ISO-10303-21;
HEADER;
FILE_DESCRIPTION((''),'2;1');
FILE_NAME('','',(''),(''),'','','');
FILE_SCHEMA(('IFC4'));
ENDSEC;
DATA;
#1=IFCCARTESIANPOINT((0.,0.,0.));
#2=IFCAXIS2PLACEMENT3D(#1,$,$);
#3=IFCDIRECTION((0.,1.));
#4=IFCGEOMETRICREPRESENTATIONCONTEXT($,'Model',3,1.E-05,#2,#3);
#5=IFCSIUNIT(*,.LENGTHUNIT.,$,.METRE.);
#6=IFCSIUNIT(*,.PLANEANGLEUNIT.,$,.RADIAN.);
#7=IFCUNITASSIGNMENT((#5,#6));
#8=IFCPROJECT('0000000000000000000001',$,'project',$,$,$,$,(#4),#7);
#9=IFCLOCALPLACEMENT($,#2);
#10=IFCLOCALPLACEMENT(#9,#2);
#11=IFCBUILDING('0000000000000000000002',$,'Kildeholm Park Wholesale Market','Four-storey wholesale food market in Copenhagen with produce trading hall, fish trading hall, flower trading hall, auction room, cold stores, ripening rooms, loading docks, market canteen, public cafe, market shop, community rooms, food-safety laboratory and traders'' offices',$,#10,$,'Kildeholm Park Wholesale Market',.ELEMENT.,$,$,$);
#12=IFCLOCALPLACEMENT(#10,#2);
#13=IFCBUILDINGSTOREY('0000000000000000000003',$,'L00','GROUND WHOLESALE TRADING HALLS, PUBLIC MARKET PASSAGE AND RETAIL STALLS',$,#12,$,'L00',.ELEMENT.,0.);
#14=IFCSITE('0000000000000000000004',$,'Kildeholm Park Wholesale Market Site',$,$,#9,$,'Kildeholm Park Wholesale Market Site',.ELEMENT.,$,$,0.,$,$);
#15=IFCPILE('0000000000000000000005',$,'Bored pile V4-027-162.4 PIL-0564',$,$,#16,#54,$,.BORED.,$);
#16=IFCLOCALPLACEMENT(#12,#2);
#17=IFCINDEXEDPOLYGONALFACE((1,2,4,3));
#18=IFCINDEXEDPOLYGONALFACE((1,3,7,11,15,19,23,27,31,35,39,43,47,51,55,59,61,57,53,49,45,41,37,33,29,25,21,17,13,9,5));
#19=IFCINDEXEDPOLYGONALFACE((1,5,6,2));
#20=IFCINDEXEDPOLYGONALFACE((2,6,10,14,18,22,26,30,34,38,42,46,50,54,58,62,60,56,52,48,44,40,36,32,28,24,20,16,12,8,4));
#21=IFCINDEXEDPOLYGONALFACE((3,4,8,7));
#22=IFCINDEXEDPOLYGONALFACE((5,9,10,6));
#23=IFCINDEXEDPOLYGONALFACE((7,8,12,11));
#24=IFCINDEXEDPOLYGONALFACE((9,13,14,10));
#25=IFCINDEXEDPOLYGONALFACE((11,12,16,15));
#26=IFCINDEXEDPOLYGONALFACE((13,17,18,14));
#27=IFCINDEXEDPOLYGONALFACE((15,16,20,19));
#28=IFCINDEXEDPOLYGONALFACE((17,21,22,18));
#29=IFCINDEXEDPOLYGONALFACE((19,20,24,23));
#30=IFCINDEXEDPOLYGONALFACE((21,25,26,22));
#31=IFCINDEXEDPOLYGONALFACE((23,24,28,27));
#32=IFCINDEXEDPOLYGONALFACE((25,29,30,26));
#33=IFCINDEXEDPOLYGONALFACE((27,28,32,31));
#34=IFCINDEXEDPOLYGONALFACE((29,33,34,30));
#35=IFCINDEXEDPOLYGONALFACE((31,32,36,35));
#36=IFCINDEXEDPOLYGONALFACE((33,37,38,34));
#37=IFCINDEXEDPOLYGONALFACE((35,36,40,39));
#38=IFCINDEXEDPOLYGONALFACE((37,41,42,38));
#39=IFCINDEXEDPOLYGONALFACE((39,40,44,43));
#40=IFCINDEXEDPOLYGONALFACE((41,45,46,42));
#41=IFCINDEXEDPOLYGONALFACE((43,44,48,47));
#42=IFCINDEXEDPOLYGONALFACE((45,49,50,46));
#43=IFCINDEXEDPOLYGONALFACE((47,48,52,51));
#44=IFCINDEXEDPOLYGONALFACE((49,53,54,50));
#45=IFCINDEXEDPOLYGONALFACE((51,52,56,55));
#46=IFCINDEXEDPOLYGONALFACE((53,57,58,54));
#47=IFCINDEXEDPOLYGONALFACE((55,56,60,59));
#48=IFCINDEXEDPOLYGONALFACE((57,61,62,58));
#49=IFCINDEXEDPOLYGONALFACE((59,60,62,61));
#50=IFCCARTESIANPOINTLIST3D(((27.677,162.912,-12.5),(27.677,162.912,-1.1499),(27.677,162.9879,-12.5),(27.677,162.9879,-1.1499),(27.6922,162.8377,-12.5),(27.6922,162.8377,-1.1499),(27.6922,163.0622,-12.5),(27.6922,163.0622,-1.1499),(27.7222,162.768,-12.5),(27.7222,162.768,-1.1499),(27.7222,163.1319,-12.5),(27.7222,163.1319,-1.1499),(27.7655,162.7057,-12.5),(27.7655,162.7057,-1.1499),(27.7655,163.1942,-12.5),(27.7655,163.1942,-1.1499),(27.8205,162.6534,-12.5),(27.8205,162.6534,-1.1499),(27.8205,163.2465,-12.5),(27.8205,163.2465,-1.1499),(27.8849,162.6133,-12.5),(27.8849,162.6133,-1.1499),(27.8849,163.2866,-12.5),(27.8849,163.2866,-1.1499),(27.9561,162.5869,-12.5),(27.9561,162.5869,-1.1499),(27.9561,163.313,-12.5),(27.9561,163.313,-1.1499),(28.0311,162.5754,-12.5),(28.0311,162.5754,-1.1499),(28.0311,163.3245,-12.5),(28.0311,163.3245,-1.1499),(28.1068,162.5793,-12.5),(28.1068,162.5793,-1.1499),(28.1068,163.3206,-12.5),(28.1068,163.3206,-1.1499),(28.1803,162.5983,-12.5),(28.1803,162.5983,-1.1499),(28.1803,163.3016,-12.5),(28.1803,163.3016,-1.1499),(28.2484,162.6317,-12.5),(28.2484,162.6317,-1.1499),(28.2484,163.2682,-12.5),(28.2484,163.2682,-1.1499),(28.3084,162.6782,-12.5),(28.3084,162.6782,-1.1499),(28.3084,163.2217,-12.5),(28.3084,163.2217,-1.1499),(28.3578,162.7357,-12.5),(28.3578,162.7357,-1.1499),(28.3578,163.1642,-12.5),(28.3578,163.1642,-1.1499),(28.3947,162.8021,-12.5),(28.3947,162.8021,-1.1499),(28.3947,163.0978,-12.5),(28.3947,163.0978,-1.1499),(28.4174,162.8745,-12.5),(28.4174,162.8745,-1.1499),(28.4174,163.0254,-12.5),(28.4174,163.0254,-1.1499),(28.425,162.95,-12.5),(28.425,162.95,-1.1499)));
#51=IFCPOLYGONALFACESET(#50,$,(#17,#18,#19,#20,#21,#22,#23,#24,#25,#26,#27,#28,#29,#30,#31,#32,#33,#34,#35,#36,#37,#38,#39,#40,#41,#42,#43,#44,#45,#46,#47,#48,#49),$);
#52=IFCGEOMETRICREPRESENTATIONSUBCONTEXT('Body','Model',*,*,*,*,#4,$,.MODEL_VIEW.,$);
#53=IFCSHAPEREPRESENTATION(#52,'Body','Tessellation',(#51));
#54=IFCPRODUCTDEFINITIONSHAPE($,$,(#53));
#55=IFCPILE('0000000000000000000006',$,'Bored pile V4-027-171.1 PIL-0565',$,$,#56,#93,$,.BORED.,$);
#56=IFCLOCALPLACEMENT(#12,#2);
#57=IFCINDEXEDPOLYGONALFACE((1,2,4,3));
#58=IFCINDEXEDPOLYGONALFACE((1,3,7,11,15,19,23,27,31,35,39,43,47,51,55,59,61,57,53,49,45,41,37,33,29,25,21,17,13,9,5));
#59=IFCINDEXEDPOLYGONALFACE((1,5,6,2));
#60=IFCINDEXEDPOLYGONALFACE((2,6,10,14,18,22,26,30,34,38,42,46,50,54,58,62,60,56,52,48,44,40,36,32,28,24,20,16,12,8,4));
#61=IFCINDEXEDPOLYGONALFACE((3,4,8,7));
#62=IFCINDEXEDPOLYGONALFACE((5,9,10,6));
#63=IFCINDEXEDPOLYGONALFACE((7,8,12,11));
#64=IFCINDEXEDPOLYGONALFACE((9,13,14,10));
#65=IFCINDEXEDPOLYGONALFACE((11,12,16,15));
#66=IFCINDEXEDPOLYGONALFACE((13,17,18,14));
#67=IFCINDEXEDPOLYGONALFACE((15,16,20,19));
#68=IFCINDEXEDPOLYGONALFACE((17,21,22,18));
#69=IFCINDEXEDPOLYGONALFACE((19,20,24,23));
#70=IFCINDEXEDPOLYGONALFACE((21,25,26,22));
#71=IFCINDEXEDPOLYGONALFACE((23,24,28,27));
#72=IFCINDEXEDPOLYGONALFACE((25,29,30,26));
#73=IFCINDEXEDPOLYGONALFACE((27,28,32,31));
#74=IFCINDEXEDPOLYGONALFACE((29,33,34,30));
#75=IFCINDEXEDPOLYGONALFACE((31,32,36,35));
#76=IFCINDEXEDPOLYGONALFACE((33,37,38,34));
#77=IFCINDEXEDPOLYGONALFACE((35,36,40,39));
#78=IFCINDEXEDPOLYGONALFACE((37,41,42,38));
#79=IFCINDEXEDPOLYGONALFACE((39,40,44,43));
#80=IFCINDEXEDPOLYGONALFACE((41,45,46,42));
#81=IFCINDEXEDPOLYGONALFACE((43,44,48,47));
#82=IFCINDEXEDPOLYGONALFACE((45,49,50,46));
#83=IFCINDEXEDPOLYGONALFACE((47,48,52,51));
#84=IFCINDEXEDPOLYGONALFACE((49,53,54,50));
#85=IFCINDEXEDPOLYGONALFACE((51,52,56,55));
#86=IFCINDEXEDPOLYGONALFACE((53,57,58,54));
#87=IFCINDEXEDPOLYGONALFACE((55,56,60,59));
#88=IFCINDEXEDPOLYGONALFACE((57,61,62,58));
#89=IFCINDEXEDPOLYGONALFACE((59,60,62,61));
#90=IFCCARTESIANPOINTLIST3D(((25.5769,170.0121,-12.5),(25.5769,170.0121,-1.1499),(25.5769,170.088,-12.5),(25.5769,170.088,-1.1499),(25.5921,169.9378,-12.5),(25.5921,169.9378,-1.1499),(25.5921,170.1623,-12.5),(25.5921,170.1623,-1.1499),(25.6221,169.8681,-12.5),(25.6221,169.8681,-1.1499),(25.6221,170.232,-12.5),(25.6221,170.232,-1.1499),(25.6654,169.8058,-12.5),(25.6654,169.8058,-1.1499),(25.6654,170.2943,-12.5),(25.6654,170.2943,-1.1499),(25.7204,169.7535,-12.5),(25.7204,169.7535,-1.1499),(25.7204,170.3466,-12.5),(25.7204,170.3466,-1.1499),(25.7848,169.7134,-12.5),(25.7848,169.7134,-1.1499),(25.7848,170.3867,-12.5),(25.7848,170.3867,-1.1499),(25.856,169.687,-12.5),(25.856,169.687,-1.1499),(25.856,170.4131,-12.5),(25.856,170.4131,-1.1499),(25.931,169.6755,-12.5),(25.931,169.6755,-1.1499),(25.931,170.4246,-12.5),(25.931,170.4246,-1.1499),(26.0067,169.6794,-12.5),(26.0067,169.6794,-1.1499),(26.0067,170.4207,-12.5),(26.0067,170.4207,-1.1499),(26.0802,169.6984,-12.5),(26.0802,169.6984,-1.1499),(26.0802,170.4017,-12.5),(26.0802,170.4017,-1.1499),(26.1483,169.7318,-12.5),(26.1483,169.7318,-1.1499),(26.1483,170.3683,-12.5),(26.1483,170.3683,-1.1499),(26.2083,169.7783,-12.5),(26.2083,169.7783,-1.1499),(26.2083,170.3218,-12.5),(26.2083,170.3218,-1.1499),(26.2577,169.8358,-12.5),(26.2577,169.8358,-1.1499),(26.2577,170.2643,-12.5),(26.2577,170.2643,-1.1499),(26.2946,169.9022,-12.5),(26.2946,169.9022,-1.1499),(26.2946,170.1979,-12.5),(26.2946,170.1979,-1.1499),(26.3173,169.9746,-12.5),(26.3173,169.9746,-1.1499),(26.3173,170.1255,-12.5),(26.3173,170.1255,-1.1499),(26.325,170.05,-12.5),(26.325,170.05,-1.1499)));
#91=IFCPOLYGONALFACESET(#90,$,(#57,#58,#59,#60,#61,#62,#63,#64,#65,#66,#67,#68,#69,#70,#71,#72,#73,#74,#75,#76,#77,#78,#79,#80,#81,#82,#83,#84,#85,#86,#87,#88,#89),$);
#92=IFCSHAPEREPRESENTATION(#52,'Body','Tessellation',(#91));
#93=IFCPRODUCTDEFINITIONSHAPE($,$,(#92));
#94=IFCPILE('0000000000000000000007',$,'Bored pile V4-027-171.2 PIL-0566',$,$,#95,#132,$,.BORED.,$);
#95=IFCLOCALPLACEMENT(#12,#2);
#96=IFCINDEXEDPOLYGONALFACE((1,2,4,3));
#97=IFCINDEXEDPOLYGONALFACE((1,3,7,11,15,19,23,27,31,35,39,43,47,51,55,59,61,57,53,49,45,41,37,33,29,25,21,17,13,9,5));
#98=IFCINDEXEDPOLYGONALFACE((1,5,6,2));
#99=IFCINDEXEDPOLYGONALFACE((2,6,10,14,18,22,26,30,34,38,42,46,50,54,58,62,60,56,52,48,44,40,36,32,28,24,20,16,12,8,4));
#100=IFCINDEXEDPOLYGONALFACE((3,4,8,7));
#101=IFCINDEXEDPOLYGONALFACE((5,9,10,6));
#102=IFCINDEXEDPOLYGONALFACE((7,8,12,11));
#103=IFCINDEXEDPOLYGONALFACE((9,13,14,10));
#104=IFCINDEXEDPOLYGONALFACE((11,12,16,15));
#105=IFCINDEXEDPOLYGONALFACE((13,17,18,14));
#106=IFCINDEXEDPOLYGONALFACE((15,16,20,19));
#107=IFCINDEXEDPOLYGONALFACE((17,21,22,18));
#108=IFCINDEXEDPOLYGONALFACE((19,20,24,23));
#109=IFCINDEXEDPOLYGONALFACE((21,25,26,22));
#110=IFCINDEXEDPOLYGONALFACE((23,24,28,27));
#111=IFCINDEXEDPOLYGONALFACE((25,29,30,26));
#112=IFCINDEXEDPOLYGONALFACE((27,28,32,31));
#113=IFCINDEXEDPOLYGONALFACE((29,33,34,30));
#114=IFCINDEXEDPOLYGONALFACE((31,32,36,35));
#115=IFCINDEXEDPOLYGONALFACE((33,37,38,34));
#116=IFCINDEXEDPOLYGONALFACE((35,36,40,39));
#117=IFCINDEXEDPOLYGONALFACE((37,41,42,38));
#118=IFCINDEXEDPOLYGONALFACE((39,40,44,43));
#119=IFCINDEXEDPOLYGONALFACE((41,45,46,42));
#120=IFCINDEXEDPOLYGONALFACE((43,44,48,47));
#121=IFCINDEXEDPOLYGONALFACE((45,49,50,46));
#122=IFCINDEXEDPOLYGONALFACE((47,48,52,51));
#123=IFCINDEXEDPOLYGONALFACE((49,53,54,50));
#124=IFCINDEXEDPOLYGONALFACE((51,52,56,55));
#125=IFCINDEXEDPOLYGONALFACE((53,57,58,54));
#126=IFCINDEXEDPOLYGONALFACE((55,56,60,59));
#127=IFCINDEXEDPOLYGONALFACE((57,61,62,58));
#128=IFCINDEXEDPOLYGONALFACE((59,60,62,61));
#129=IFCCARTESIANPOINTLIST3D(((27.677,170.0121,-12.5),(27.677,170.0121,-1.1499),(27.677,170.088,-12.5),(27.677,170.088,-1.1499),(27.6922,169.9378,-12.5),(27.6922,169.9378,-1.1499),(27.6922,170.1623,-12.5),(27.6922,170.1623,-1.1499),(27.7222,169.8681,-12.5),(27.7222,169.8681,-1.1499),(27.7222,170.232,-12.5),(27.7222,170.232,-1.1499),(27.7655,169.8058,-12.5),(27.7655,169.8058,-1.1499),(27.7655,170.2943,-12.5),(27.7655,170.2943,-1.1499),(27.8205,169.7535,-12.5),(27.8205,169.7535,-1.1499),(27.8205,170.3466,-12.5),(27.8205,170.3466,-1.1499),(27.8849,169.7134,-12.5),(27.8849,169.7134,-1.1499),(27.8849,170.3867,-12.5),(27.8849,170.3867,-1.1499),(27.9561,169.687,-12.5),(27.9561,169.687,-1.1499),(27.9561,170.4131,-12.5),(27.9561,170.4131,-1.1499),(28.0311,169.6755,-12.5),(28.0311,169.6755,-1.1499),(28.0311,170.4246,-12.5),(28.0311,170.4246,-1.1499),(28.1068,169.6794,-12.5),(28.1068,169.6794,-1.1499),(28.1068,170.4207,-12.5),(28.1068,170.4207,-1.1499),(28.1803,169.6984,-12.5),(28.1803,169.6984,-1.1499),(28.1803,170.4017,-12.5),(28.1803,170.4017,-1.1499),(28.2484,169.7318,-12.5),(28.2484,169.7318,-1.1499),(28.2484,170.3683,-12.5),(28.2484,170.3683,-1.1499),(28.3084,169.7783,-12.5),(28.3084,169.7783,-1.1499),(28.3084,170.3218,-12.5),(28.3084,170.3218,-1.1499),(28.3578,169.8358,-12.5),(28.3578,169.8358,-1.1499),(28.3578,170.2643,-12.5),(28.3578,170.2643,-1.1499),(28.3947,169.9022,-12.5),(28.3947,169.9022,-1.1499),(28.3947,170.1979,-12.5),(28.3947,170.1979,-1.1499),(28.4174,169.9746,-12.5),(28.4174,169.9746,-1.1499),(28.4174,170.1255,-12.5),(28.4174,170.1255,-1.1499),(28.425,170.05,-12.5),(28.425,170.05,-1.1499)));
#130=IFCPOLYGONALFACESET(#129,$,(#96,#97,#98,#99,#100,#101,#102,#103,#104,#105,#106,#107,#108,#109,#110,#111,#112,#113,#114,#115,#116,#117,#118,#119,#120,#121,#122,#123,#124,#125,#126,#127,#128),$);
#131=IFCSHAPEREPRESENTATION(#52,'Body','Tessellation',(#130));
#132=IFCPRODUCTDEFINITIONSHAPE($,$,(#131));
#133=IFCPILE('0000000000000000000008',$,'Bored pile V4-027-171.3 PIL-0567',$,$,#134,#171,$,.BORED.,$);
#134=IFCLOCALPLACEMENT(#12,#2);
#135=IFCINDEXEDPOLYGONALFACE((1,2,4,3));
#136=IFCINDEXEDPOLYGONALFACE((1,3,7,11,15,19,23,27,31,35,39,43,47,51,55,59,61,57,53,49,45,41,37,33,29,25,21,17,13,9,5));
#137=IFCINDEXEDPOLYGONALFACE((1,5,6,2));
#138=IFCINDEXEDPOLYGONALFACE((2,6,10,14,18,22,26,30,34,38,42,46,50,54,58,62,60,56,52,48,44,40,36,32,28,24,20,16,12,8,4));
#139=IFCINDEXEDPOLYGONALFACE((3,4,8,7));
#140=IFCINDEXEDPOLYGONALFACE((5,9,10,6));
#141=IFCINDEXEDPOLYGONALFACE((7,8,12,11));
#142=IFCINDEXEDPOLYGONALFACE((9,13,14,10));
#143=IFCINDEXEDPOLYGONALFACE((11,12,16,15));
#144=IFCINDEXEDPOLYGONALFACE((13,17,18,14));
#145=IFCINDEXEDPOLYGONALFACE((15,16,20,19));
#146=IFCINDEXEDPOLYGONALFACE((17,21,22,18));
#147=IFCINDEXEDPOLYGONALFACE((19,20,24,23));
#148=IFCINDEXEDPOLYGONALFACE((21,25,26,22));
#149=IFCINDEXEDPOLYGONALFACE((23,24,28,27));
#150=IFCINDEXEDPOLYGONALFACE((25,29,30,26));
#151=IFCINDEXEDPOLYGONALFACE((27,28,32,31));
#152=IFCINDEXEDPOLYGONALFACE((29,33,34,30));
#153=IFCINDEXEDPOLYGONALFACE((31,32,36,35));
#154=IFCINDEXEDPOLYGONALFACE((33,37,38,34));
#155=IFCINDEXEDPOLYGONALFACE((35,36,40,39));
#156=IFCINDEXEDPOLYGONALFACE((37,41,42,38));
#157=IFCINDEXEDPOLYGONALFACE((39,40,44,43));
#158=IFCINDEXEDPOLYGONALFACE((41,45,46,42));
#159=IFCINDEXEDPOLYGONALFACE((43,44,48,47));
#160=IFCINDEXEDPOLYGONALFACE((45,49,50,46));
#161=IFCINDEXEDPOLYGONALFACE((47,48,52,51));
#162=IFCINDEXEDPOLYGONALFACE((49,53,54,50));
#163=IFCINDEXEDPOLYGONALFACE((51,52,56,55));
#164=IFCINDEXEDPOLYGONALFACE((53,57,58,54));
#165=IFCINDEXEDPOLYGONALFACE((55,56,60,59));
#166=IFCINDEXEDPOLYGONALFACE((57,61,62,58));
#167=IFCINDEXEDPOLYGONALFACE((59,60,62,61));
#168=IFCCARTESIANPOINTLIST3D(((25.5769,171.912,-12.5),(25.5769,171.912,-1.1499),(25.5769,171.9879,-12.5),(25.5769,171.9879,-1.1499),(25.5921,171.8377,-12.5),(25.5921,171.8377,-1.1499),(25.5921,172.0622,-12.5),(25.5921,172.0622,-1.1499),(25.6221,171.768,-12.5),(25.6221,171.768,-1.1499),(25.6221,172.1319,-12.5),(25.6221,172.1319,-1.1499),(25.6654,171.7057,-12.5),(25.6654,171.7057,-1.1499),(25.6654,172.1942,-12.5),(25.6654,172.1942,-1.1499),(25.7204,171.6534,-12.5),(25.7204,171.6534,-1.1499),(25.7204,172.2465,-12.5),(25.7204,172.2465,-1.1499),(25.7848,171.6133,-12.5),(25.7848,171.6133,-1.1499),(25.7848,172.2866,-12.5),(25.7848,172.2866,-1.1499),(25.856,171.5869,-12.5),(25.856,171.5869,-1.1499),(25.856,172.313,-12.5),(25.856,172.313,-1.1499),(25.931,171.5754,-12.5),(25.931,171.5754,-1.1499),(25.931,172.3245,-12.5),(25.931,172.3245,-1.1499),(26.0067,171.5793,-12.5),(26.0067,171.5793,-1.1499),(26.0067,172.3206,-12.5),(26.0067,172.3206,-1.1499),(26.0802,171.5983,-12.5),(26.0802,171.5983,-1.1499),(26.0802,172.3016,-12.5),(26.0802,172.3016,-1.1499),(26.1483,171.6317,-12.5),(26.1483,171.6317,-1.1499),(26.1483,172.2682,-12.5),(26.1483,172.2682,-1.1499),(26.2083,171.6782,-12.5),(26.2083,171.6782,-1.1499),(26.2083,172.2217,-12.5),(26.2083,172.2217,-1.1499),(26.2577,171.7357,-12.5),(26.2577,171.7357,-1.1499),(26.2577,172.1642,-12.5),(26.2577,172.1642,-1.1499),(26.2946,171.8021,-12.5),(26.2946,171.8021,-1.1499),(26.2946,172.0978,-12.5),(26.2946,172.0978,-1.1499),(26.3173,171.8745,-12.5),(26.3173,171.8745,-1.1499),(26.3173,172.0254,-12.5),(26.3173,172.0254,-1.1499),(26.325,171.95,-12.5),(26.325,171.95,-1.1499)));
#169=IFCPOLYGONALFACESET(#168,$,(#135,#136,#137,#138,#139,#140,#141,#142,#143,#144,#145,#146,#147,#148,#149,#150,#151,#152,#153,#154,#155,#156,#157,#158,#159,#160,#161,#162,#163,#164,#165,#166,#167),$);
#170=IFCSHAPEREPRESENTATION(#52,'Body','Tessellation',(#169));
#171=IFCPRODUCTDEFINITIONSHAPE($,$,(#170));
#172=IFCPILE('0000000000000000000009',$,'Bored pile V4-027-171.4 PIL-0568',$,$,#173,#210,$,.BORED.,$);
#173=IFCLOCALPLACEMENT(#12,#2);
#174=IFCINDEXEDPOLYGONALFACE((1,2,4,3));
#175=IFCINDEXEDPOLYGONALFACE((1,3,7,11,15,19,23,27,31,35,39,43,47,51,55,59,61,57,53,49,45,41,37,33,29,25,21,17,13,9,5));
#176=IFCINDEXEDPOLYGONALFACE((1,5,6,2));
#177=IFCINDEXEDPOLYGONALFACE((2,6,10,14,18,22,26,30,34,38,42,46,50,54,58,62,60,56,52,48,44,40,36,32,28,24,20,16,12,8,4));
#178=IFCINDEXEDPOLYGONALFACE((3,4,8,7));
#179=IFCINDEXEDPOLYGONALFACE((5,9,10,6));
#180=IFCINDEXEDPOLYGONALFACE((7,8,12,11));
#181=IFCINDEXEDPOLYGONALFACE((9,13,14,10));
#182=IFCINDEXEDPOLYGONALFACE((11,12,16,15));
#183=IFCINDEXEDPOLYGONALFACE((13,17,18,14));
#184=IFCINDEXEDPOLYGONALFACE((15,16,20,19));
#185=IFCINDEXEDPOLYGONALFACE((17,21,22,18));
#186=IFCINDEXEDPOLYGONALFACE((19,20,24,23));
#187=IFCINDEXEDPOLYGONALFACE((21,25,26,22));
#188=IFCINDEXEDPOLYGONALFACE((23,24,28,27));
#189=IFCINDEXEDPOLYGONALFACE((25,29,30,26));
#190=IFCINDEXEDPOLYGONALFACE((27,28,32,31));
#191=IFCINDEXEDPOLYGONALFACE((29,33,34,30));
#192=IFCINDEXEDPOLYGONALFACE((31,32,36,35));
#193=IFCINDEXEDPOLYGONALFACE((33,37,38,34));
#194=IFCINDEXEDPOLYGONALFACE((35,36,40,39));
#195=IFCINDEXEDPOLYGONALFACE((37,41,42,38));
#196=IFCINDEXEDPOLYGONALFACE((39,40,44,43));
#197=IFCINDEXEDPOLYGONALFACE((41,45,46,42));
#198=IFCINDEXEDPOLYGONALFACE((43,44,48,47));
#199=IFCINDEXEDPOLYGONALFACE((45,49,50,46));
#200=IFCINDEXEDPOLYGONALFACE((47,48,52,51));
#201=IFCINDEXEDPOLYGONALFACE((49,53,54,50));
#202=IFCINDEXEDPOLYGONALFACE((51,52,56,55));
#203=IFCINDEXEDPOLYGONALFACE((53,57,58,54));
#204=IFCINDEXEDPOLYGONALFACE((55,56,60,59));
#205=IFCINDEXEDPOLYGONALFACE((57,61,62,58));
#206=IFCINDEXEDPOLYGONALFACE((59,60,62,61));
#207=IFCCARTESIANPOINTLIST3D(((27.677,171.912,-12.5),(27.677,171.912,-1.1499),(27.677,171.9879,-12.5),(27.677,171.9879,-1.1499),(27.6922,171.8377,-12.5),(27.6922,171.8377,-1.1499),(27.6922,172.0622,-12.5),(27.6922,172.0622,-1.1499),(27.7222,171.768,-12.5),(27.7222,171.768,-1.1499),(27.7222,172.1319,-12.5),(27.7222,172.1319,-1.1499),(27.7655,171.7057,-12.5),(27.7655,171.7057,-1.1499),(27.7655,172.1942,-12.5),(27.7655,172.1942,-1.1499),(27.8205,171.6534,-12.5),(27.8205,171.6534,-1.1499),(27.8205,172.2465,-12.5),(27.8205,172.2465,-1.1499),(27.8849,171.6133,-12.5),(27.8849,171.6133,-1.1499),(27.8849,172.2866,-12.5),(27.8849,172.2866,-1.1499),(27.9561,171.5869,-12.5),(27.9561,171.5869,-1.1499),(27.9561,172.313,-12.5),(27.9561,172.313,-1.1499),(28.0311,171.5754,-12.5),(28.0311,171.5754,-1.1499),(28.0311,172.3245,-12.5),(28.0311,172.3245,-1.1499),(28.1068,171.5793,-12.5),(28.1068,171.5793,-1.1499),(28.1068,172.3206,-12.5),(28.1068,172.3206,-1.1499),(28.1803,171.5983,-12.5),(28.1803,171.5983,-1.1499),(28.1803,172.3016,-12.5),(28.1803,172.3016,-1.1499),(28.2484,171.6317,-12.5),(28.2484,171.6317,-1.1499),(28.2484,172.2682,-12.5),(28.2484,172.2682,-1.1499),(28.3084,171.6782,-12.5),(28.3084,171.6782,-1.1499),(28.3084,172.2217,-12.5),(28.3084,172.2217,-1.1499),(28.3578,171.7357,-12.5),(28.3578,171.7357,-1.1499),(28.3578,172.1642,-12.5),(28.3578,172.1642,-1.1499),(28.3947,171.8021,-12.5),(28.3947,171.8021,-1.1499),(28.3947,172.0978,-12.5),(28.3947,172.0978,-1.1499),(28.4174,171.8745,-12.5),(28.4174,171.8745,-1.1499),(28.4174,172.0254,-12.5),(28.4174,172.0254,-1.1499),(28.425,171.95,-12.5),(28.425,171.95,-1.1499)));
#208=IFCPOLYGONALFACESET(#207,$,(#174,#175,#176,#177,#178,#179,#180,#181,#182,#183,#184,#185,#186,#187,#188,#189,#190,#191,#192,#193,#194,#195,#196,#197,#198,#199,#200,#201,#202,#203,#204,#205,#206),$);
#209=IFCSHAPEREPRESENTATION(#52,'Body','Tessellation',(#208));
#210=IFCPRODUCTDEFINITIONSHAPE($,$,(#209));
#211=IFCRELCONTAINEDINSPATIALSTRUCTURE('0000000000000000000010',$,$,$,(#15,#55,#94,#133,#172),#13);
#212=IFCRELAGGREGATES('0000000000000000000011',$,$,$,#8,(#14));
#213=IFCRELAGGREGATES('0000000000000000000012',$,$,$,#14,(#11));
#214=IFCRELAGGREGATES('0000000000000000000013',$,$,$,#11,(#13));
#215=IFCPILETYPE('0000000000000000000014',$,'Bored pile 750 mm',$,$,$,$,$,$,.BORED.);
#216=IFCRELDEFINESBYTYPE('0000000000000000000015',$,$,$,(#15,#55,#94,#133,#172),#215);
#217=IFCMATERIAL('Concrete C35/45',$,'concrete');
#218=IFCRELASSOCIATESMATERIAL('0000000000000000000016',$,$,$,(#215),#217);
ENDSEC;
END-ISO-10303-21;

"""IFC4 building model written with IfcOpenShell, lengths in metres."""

from ifc_helpers import new_model, si_unit, direction, frame, origin, origin_2d, place, context, subcontext, project, spatial, circle, extrude, material, material_profile, profile_set, type_object, element, save


model = new_model("IFC4")

# Units and contexts
model_context = context("Model", 3, precision=1e-05, world=origin(), true_north=direction((0.0, 1.0)))
body_context = subcontext(model_context, "Body", "Model", "MODEL_VIEW")
ifc_project = project(units=[si_unit("LENGTHUNIT", "METRE"), si_unit("PLANEANGLEUNIT", "RADIAN")], contexts=[model_context])

# Site, building, storey
site_placement = place(None, origin())
site = spatial("IfcSite", under=ifc_project, at=site_placement, Name="Kildeholm Park Wholesale Market Site", LongName="Kildeholm Park Wholesale Market Site", CompositionType="ELEMENT", RefElevation=0.0)
building_placement = place(site_placement, origin())
building = spatial("IfcBuilding", under=site, at=building_placement, Name="Kildeholm Park Wholesale Market", Description="Four-storey wholesale food market in Copenhagen with produce trading hall, fish trading hall, flower trading hall, auction room, cold stores, ripening rooms, loading docks, market canteen, public cafe, market shop, community rooms, food-safety laboratory and traders' offices", LongName="Kildeholm Park Wholesale Market", CompositionType="ELEMENT")
storey_placement = place(building_placement, origin())
storey = spatial("IfcBuildingStorey", under=building, at=storey_placement, Name="L00", Description="GROUND WHOLESALE TRADING HALLS, PUBLIC MARKET PASSAGE AND RETAIL STALLS", LongName="L00", CompositionType="ELEMENT", Elevation=0.0)

# Piles
ifc_material_1 = material(Name="Concrete C35/45", Category="concrete")
ifc_material_profile_1 = material_profile(ifc_material_1, circle(Radius=0.375, at=origin_2d()), Name="PILE D750")
ifc_profile_set_1 = profile_set([ifc_material_profile_1], Name="Concrete C35/45")
pile_type = type_object("IfcPileType", Name="Bored pile 750 mm", PredefinedType="BORED", material=ifc_profile_set_1)
for number, where, z_axis, x_axis, name in (
    (1, (28.05, 162.95, -1.1499), (0.0, 0.0, -1.0), (1.0, 0.0, 0.0), "Bored pile V4-027-162.4 PIL-0564"),
    (2, (25.95, 170.05, -1.1499), (0.0, 0.0, -1.0), (1.0, 0.0, 0.0), "Bored pile V4-027-171.1 PIL-0565"),
    (3, (28.05, 170.05, -1.1499), (0.0, 0.0, -1.0), (1.0, 0.0, 0.0), "Bored pile V4-027-171.2 PIL-0566"),
    (4, (25.95, 171.95, -1.1499), (0.0, 0.0, -1.0), (1.0, 0.0, 0.0), "Bored pile V4-027-171.3 PIL-0567"),
    (5, (28.05, 171.95, -1.1499), (0.0, 0.0, -1.0), (1.0, 0.0, 0.0), "Bored pile V4-027-171.4 PIL-0568"),
):
    element("IfcPile", number, at=place(storey_placement, frame(where, z_axis=z_axis, x_axis=x_axis)), inside=storey, type_object=pile_type, Name=name, PredefinedType="BORED", context=body_context, shape_type="SweptSolid", body=[
        extrude(circle(Radius=0.375, at=origin_2d()), origin(), (0.0, 0.0, 1.0), 11.3501),
    ])

save(model, "model.ifc")
